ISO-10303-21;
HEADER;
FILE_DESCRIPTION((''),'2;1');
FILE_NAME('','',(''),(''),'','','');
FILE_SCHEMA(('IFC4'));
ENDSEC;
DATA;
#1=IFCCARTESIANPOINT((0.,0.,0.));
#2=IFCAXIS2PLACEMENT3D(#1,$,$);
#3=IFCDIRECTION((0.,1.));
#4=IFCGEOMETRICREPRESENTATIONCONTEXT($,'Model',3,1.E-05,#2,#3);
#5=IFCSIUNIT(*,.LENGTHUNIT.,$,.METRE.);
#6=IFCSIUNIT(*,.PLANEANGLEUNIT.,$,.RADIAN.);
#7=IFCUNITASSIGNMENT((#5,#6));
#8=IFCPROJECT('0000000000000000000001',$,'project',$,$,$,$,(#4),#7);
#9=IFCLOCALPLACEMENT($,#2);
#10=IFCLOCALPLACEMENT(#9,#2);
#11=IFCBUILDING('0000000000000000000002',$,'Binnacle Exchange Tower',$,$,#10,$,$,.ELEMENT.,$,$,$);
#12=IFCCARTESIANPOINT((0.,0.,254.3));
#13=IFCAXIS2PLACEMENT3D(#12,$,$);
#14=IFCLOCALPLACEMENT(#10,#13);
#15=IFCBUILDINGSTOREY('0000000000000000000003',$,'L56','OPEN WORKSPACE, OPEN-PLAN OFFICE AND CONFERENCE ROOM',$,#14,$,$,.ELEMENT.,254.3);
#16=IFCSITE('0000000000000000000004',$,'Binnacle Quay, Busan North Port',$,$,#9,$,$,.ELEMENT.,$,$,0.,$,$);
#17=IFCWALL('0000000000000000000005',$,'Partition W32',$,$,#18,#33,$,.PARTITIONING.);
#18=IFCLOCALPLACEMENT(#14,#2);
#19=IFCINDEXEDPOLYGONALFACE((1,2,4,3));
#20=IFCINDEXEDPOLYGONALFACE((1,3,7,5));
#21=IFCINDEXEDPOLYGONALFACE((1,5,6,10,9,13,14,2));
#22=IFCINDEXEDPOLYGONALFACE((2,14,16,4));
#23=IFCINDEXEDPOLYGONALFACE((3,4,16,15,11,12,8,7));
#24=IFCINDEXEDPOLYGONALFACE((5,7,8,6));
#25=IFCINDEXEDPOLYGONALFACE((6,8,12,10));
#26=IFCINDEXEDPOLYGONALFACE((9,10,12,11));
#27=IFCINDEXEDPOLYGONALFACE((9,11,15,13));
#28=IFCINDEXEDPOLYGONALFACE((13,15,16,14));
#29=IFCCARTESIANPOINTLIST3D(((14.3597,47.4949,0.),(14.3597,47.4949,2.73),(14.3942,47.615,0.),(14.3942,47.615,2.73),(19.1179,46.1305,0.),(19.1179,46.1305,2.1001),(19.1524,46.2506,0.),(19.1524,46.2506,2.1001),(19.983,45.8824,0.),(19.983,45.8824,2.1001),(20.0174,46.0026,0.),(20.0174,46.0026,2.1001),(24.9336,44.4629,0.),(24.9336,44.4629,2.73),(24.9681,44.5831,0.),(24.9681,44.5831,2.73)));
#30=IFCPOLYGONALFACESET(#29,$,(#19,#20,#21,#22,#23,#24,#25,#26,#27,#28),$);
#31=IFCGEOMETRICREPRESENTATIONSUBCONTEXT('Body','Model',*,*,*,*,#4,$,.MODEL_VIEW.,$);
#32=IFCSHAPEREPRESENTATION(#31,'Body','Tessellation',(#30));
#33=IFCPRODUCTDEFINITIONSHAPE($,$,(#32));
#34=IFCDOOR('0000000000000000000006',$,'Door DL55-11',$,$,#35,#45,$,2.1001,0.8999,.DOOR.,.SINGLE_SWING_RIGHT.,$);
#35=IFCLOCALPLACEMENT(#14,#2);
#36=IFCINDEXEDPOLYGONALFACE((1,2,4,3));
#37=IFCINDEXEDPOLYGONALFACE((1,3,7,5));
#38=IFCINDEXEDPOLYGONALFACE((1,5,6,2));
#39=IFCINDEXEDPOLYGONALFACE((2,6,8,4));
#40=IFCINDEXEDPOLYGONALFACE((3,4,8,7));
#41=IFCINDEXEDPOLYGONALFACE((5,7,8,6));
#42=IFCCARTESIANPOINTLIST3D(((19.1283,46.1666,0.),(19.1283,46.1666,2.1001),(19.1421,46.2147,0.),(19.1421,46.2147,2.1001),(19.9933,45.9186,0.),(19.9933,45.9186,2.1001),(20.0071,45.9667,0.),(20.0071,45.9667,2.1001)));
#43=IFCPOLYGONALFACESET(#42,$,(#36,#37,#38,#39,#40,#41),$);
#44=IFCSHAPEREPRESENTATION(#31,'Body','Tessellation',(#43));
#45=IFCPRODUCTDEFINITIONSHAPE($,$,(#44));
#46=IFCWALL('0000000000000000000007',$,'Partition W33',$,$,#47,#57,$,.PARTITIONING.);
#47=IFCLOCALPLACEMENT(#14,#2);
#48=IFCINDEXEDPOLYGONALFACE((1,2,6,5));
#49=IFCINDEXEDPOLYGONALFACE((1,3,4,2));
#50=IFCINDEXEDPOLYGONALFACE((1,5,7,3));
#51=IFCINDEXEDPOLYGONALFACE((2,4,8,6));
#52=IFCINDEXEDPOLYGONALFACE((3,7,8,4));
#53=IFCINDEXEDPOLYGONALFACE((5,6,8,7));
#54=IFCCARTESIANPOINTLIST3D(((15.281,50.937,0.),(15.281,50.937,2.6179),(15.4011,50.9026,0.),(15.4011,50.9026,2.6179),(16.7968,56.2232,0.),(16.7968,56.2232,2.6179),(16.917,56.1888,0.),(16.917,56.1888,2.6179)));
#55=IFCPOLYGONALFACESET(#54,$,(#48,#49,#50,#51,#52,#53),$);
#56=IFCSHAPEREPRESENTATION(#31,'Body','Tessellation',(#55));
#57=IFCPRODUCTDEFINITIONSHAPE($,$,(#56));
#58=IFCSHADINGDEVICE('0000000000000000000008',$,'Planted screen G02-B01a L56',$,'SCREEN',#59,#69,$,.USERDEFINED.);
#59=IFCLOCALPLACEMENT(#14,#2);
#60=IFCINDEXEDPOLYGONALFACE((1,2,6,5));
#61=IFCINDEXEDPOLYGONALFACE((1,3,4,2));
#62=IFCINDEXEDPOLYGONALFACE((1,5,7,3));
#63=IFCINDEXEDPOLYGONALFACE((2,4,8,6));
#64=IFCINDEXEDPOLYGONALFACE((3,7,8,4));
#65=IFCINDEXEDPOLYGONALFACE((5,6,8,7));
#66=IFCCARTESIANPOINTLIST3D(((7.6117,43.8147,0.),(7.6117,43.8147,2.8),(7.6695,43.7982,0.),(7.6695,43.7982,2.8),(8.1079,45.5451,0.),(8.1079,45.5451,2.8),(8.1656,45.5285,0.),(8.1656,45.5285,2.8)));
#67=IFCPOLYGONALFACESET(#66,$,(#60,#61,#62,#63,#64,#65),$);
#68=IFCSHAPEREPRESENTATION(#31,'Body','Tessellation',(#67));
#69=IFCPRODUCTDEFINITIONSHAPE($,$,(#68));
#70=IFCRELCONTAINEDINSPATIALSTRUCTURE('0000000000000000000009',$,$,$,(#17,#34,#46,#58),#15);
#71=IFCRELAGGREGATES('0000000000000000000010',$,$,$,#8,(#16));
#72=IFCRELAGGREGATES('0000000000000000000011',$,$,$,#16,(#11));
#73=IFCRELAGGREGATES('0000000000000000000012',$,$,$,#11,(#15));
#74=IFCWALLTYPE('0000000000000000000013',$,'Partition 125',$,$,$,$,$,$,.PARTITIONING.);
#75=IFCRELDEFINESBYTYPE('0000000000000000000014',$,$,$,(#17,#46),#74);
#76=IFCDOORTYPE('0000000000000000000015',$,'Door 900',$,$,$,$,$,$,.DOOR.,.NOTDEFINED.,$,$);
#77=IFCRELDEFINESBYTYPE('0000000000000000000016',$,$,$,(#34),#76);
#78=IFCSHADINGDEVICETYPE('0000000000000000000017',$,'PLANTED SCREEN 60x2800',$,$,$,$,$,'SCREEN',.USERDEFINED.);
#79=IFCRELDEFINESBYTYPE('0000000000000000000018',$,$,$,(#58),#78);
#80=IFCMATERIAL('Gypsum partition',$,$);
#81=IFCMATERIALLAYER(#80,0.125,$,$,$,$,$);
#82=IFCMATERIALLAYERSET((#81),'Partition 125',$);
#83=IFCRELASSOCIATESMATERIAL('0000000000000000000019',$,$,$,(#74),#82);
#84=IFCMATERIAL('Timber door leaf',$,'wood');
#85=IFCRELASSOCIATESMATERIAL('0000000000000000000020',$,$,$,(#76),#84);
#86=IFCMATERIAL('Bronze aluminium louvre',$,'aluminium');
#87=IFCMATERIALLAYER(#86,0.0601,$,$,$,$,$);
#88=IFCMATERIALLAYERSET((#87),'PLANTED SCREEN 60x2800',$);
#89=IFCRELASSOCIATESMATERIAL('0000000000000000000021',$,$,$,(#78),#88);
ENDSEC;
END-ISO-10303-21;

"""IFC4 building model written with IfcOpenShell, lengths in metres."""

from ifc_helpers import new_model, si_unit, direction, frame, frame_2d, origin, origin_2d, place, context, subcontext, project, spatial, rectangle, extrude, material, layer, layer_set, type_object, element, fill, save


model = new_model("IFC4")

# Units and contexts
model_context = context("Model", 3, precision=1e-05, world=origin(), true_north=direction((0.0, 1.0)))
body_context = subcontext(model_context, "Body", "Model", "MODEL_VIEW")
ifc_project = project(units=[si_unit("LENGTHUNIT", "METRE"), si_unit("PLANEANGLEUNIT", "RADIAN")], contexts=[model_context])

# Site, building, storey
site_placement = place(None, origin())
site = spatial("IfcSite", under=ifc_project, at=site_placement, Name="Binnacle Quay, Busan North Port", CompositionType="ELEMENT", RefElevation=0.0)
building_placement = place(site_placement, origin())
building = spatial("IfcBuilding", under=site, at=building_placement, Name="Binnacle Exchange Tower", CompositionType="ELEMENT")
storey_placement = place(building_placement, frame((0.0, 0.0, 254.3)))
storey = spatial("IfcBuildingStorey", under=building, at=storey_placement, Name="L56", Description="OPEN WORKSPACE, OPEN-PLAN OFFICE AND CONFERENCE ROOM", CompositionType="ELEMENT", Elevation=254.3)

# Shared definitions
ifc_material_1 = material(Name="Gypsum partition")
ifc_layer_1 = layer(ifc_material_1, 0.125)
ifc_layer_set_1 = layer_set([ifc_layer_1], Name="Partition 125")
wall_type_1 = type_object("IfcWallType", Name="Partition 125", PredefinedType="PARTITIONING", material=ifc_layer_set_1)

# Wall, opening, door
wall_1_placement = place(storey_placement, frame((14.377, 47.5549, 0.0), z_axis=(0.0, 0.0, 1.0), x_axis=(0.961263, -0.275633, 0.0)))
wall_1 = element("IfcWall", 1, at=wall_1_placement, inside=storey, type_object=wall_type_1, Name="Partition W32", PredefinedType="PARTITIONING", context=body_context, shape_type="SweptSolid", body=[
    extrude(rectangle(XDim=11.0, YDim=0.125, at=frame_2d((5.5, 0.0))), origin(), (0.0, 0.0, 1.0), 2.73),
])
opening_1_placement = place(wall_1_placement, frame((4.95, 0.0, 0.0)))
opening_1 = element("IfcOpeningElement", 2, at=opening_1_placement, cuts=wall_1, PredefinedType="OPENING", context=body_context, shape_type="SweptSolid", body=[
    extrude(rectangle(XDim=0.8999, YDim=2.1001, at=frame_2d((0.45, 1.05))), frame((0.0, 0.0725, 0.0), z_axis=(0.0, -1.0, 0.0), x_axis=(1.0, 0.0, 0.0)), (0.0, 0.0, 1.0), 0.145),
])
ifc_material_2 = material(Name="Timber door leaf", Category="wood")
door_type_1 = type_object("IfcDoorType", Name="Door 900", OperationType="NOTDEFINED", PredefinedType="DOOR", material=ifc_material_2)
door_1_placement = place(opening_1_placement, frame((0.8999, 0.0, 0.0), z_axis=(0.0, 0.0, 1.0), x_axis=(-1.0, 0.0, 0.0)))
door_1 = element("IfcDoor", 3, at=door_1_placement, inside=storey, type_object=door_type_1, Name="Door DL55-11", OperationType="SINGLE_SWING_RIGHT", OverallHeight=2.1001, OverallWidth=0.8999, PredefinedType="DOOR", context=body_context, shape_type="SweptSolid", body=[
    extrude(rectangle(XDim=0.8999, YDim=2.1001, at=frame_2d((0.45, 1.05))), frame((0.0, 0.0249, 0.0), z_axis=(0.0, -1.0, 0.0), x_axis=(1.0, 0.0, 0.0)), (0.0, 0.0, 1.0), 0.05),
])
fill(opening_1, door_1)

# Wall
wall_2_placement = place(storey_placement, frame((15.3411, 50.9199, 0.0), z_axis=(0.0, 0.0, 1.0), x_axis=(0.275653, 0.961257, 0.0)))
element("IfcWall", 4, at=wall_2_placement, inside=storey, type_object=wall_type_1, Name="Partition W33", PredefinedType="PARTITIONING", context=body_context, shape_type="SweptSolid", body=[
    extrude(rectangle(XDim=5.4993, YDim=0.125, at=frame_2d((2.7495, 0.0))), origin(), (0.0, 0.0, 1.0), 2.6179),
])

# Shading device
ifc_material_3 = material(Name="Bronze aluminium louvre", Category="aluminium")
ifc_layer_2 = layer(ifc_material_3, 0.0601)
ifc_layer_set_2 = layer_set([ifc_layer_2], Name="PLANTED SCREEN 60x2800")
shading_device_type = type_object("IfcShadingDeviceType", Name="PLANTED SCREEN 60x2800", ElementType="SCREEN", PredefinedType="USERDEFINED", material=ifc_layer_set_2)
shading_device_placement = place(storey_placement, frame((7.8887, 44.6716, 0.0), z_axis=(0.0, 0.0, 1.0), x_axis=(0.961262, -0.275637, 0.0)))
element("IfcShadingDevice", 5, at=shading_device_placement, inside=storey, type_object=shading_device_type, Name="Planted screen G02-B01a L56", ObjectType="SCREEN", PredefinedType="USERDEFINED", context=body_context, shape_type="SweptSolid", body=[
    extrude(rectangle(XDim=0.0601, YDim=1.8, at=origin_2d()), origin(), (0.0, 0.0, 1.0), 2.8),
])

save(model, "model.ifc")
